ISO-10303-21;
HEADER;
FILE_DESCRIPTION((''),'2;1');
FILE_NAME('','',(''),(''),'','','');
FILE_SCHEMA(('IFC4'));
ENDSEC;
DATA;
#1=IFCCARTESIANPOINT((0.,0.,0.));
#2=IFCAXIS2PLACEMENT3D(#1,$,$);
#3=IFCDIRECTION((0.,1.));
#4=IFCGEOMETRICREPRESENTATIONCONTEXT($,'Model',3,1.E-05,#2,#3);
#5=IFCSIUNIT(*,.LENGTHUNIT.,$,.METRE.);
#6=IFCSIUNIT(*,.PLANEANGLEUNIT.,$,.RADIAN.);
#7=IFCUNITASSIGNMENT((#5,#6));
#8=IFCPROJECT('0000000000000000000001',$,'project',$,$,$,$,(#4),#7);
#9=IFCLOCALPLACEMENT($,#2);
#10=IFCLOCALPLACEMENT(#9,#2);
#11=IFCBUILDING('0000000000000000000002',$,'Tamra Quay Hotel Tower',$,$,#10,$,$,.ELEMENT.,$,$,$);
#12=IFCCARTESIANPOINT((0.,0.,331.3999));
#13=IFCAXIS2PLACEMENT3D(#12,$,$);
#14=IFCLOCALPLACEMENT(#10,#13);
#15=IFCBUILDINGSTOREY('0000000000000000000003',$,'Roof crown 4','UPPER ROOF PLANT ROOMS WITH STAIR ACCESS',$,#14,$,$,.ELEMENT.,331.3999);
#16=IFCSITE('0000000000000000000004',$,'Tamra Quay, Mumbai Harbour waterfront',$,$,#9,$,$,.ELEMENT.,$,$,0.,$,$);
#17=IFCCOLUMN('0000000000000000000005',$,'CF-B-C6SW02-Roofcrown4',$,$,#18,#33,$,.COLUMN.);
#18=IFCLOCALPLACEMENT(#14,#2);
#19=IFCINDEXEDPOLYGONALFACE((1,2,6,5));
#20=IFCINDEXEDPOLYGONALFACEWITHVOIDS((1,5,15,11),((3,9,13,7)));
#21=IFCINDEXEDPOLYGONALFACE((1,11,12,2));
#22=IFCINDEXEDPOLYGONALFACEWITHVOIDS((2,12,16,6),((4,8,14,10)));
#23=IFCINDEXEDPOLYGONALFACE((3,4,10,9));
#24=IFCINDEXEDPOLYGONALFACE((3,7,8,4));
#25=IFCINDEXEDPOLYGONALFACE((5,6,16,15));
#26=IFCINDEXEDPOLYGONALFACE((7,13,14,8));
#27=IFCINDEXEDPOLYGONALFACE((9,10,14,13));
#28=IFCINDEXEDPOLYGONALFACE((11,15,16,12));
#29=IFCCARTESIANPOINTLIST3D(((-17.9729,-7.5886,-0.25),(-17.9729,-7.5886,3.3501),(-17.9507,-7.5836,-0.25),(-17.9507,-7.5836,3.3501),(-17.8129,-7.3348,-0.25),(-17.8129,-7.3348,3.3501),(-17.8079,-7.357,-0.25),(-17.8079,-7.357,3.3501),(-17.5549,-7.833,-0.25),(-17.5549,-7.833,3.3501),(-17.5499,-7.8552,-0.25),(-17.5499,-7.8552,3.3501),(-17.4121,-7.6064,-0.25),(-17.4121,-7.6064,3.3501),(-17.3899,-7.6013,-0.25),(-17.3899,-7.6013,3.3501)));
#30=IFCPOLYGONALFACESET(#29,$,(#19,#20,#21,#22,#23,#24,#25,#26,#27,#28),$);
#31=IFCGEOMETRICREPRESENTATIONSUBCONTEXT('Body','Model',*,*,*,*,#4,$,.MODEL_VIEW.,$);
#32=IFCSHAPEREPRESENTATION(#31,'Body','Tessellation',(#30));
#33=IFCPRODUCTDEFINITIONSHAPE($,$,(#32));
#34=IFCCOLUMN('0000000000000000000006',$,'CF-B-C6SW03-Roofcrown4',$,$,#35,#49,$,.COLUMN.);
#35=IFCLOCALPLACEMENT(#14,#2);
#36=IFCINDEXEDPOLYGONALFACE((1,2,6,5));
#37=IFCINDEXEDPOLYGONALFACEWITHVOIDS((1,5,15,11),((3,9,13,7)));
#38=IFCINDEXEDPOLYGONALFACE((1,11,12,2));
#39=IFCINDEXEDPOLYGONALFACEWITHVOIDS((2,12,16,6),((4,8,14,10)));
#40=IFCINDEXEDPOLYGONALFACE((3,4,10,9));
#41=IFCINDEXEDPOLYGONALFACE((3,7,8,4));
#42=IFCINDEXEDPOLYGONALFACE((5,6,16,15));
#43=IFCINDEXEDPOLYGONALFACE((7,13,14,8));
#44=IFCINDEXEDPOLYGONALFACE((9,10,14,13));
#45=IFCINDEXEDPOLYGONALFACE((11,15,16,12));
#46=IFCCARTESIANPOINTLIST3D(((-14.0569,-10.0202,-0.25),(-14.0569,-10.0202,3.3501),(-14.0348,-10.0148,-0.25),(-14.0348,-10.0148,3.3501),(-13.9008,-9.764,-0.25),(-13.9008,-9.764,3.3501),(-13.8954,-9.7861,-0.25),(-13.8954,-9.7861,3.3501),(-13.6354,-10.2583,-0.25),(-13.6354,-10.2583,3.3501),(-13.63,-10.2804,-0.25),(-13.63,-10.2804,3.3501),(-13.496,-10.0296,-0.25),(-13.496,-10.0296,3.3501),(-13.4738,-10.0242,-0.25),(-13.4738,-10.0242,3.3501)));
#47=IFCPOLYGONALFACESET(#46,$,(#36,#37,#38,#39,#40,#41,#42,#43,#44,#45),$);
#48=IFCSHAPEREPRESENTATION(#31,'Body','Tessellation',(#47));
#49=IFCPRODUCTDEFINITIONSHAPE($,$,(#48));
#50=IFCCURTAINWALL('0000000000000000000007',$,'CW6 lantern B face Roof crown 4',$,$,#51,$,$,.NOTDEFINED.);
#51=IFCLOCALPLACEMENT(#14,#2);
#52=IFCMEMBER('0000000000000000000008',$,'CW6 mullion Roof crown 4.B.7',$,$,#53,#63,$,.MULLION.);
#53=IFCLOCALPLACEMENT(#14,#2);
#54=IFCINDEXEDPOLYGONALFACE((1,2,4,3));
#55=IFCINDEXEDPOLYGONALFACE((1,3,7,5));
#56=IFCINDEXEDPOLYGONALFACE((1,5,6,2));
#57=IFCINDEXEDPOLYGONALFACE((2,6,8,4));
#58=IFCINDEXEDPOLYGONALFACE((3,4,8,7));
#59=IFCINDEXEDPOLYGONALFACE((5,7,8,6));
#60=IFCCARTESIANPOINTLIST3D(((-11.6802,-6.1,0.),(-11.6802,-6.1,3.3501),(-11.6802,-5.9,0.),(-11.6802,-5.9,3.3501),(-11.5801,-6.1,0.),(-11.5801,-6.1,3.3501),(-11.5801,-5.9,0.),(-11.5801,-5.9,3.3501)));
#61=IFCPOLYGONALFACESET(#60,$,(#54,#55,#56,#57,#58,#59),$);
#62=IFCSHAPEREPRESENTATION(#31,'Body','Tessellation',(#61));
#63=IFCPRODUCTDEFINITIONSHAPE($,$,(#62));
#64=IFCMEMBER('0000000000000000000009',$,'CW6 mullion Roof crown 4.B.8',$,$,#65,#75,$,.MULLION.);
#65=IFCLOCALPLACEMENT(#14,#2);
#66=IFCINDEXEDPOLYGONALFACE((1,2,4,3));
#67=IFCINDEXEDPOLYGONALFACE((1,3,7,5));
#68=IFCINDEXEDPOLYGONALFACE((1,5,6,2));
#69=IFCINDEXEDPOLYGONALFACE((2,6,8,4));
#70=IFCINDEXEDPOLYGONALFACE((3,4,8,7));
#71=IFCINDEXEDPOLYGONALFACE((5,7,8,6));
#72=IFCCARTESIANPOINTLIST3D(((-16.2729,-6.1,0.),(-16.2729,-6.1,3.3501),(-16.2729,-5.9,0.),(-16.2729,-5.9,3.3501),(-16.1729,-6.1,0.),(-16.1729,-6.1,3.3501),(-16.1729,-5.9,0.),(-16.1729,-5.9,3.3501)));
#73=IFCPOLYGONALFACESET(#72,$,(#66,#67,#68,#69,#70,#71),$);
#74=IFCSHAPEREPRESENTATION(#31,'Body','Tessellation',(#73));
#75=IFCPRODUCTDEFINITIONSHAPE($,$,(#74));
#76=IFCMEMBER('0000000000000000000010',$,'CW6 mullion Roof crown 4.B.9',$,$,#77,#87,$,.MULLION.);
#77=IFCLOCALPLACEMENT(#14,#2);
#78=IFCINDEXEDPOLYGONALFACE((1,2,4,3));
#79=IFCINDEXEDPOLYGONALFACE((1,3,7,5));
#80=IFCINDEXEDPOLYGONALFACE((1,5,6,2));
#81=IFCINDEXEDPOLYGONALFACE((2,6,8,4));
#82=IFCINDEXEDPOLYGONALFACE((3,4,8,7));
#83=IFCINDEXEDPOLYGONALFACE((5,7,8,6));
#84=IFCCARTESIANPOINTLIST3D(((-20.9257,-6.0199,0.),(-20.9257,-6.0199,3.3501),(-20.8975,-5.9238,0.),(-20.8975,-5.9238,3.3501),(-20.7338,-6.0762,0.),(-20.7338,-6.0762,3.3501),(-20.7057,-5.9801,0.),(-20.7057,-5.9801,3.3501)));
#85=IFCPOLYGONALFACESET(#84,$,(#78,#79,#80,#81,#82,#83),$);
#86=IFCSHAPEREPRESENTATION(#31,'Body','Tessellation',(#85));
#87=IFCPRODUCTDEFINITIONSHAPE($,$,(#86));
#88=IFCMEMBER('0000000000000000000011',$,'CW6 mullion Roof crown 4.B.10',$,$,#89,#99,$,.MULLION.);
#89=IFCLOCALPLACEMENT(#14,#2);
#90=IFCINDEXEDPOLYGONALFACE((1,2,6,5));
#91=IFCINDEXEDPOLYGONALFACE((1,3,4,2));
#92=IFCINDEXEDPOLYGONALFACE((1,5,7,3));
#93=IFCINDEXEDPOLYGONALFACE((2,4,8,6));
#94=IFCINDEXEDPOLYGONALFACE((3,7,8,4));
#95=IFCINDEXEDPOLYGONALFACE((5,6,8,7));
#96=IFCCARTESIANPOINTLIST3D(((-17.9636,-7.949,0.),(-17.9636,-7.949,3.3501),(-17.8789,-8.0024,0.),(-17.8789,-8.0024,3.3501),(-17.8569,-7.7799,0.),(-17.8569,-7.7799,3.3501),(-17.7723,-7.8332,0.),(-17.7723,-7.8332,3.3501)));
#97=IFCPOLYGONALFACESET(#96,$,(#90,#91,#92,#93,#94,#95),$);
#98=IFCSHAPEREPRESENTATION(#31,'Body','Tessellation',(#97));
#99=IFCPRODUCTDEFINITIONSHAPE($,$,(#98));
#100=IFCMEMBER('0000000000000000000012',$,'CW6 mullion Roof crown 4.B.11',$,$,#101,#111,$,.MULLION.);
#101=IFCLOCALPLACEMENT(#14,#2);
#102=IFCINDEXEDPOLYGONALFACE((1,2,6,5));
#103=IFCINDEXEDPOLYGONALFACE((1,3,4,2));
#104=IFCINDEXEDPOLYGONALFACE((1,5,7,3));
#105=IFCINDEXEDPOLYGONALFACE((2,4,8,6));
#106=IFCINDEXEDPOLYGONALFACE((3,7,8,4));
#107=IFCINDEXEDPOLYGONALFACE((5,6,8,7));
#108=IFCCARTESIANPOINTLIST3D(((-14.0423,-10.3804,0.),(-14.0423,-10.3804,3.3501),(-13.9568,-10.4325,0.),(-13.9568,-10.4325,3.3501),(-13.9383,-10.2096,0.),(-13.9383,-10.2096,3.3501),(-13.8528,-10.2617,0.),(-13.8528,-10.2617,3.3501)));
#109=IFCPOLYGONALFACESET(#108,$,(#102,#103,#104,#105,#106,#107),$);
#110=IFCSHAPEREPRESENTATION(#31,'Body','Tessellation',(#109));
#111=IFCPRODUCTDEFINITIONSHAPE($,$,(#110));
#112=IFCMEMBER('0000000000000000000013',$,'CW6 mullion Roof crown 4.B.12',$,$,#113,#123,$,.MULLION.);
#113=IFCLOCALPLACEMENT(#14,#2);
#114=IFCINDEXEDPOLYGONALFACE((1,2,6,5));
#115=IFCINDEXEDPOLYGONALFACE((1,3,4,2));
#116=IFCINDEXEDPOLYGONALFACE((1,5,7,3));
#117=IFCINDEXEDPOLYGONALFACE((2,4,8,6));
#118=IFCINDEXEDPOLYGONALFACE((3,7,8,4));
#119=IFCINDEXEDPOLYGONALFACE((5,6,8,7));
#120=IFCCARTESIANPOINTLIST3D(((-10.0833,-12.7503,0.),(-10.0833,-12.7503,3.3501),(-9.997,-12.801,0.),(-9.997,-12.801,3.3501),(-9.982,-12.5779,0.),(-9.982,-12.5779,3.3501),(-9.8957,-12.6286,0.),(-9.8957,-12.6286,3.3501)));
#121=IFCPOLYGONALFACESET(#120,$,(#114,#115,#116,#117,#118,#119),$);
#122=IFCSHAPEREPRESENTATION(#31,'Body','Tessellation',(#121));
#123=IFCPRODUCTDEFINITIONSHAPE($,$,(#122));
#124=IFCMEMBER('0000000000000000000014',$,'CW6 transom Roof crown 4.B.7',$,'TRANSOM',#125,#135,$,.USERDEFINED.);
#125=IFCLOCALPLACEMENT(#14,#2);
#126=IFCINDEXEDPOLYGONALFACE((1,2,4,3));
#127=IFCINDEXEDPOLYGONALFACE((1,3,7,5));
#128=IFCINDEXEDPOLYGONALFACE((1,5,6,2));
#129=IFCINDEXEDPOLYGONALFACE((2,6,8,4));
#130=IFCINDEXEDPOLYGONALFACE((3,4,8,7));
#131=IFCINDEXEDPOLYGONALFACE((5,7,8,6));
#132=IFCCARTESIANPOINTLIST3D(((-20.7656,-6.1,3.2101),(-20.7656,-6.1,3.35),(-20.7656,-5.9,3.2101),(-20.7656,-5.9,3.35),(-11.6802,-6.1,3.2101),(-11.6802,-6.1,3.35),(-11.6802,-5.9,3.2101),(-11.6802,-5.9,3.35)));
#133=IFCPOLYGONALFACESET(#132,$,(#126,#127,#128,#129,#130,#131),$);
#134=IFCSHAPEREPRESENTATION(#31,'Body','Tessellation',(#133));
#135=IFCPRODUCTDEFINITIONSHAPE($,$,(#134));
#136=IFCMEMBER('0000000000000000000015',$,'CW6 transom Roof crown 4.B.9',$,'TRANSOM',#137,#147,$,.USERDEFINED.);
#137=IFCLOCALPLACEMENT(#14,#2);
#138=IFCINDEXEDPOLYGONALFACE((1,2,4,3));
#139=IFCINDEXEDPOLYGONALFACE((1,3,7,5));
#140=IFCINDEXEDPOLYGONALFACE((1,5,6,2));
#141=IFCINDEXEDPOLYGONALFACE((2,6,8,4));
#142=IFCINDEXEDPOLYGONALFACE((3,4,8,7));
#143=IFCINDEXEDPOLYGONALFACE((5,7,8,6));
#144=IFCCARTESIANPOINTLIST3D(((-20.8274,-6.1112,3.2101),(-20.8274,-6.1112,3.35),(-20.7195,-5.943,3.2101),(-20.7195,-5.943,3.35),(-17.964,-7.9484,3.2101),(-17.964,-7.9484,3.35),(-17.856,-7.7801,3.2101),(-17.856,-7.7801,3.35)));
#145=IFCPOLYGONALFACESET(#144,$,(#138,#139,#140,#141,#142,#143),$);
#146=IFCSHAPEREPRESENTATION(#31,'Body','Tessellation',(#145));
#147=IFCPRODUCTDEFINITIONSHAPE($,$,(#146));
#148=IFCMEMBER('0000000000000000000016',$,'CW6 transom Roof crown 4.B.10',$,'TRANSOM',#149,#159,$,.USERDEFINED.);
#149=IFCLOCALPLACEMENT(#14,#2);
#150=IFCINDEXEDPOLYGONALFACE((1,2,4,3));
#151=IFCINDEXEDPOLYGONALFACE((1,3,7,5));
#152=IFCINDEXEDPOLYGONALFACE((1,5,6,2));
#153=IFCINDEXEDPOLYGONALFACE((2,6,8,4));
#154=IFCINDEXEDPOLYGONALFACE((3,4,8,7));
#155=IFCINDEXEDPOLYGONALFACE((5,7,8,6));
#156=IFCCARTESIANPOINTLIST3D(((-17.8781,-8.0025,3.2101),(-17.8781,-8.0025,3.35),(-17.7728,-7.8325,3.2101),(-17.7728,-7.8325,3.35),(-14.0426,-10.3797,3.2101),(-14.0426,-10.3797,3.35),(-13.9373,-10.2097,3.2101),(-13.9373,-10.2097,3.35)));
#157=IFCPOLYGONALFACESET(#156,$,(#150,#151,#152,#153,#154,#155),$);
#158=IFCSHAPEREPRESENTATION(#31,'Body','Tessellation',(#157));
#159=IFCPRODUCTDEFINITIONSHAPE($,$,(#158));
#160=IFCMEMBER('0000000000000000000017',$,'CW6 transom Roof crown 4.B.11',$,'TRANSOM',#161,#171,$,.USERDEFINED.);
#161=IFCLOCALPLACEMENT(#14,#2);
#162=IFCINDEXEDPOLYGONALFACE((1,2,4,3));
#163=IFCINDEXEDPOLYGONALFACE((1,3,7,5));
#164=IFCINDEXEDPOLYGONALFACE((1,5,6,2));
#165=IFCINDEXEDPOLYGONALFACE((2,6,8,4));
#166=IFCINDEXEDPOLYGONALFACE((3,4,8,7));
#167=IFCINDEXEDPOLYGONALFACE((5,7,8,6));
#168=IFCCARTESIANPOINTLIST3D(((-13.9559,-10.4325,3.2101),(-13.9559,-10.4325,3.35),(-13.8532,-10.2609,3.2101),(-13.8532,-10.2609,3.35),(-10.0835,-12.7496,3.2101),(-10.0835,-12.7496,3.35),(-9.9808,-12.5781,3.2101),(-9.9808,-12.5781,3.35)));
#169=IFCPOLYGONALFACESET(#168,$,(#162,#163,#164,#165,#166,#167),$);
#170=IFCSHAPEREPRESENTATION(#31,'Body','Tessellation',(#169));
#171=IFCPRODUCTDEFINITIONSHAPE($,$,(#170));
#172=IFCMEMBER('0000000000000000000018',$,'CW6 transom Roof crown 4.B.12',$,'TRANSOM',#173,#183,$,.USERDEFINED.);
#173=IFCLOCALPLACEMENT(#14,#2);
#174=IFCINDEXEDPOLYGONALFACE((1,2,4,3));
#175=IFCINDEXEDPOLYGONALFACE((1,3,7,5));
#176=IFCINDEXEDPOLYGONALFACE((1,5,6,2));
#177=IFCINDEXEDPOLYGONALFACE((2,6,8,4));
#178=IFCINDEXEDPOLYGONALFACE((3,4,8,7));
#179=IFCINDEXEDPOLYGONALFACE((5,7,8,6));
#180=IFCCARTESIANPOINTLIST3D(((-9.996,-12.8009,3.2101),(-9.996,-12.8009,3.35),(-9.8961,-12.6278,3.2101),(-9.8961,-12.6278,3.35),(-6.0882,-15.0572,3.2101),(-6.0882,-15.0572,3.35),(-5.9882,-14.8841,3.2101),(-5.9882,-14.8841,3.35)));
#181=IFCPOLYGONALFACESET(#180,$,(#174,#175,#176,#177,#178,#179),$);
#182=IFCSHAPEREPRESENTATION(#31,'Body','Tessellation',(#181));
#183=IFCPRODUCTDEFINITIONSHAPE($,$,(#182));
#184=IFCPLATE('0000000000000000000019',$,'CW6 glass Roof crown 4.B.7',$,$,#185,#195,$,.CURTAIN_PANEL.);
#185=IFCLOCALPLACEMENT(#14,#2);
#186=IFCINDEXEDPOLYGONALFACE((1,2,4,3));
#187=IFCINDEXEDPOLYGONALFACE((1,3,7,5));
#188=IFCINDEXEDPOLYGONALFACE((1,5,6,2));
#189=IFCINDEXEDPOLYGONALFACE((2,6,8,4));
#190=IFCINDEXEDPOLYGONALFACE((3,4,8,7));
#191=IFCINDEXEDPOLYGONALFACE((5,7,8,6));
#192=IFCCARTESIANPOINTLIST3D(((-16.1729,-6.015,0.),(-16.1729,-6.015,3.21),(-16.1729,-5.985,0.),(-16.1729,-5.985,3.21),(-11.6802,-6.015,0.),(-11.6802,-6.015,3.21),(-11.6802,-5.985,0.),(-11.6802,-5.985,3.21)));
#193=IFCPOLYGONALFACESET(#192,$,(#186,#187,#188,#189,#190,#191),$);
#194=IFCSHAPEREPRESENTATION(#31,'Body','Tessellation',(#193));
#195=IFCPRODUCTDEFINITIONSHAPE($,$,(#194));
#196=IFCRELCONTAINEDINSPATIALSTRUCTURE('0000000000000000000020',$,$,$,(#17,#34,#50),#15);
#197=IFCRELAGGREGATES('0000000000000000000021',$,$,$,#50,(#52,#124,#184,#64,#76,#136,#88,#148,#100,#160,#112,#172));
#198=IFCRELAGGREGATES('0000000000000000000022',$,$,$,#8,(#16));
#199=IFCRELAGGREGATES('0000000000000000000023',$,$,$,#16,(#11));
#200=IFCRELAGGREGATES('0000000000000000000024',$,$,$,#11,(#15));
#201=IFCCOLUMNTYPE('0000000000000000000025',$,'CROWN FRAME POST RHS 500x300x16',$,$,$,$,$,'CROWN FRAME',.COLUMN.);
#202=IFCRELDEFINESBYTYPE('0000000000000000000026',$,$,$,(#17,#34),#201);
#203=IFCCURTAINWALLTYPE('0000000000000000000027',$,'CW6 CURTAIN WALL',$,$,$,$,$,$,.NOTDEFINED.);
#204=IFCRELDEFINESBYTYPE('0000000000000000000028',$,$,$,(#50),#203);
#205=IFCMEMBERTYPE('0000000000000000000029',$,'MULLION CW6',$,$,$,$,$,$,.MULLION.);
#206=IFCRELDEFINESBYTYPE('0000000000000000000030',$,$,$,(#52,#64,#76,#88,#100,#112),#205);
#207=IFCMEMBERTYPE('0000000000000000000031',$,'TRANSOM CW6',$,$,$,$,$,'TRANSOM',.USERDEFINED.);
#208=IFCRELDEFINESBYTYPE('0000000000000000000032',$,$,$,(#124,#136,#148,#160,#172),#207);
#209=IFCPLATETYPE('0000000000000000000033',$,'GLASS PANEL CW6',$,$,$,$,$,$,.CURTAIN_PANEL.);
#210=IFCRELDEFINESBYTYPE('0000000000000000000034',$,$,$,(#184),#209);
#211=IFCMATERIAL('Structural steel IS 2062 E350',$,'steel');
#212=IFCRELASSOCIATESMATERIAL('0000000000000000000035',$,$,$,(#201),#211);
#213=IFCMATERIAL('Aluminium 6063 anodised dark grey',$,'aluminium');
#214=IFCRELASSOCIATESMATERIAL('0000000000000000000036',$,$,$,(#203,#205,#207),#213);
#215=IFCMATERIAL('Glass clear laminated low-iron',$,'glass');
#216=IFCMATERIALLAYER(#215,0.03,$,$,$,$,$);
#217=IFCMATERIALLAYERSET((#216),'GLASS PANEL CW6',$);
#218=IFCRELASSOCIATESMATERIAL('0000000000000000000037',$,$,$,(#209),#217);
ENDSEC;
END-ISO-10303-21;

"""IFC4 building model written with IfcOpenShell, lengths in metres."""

from ifc_helpers import new_model, si_unit, direction, frame, origin, origin_2d, place, context, subcontext, project, spatial, rectangle, hollow_rectangle, extrude, material, layer, layer_set, material_profile, profile_set, type_object, element, aggregate, save


model = new_model("IFC4")

# Units and contexts
model_context = context("Model", 3, precision=1e-05, world=origin(), true_north=direction((0.0, 1.0)))
body_context = subcontext(model_context, "Body", "Model", "MODEL_VIEW")
ifc_project = project(units=[si_unit("LENGTHUNIT", "METRE"), si_unit("PLANEANGLEUNIT", "RADIAN")], contexts=[model_context])

# Site, building, storey
site_placement = place(None, origin())
site = spatial("IfcSite", under=ifc_project, at=site_placement, Name="Tamra Quay, Mumbai Harbour waterfront", CompositionType="ELEMENT", RefElevation=0.0)
building_placement = place(site_placement, origin())
building = spatial("IfcBuilding", under=site, at=building_placement, Name="Tamra Quay Hotel Tower", CompositionType="ELEMENT")
storey_placement = place(building_placement, frame((0.0, 0.0, 331.3999)))
storey = spatial("IfcBuildingStorey", under=building, at=storey_placement, Name="Roof crown 4", Description="UPPER ROOF PLANT ROOMS WITH STAIR ACCESS", CompositionType="ELEMENT", Elevation=331.3999)

# Columns
ifc_material_1 = material(Name="Structural steel IS 2062 E350", Category="steel")
ifc_material_profile_1 = material_profile(ifc_material_1, hollow_rectangle(XDim=0.3, YDim=0.5, WallThickness=0.0161, at=origin_2d()), Name="RHS 500x300x16")
ifc_profile_set_1 = profile_set([ifc_material_profile_1], Name="Structural steel IS 2062 E350")
column_type = type_object("IfcColumnType", Name="CROWN FRAME POST RHS 500x300x16", ElementType="CROWN FRAME", PredefinedType="COLUMN", material=ifc_profile_set_1)
for number, where, z_axis, x_axis, name in (
    (1, (-17.6814, -7.595, -0.25), (0.0, 0.0, 1.0), (0.533133, 0.846031, 0.0), "CF-B-C6SW02-Roofcrown4"),
    (2, (-13.7654, -10.0222, -0.25), (0.0, 0.0, 1.0), (0.52043, 0.853904, 0.0), "CF-B-C6SW03-Roofcrown4"),
):
    element("IfcColumn", number, at=place(storey_placement, frame(where, z_axis=z_axis, x_axis=x_axis)), inside=storey, type_object=column_type, Name=name, PredefinedType="COLUMN", context=body_context, shape_type="SweptSolid", body=[
        extrude(hollow_rectangle(XDim=0.3, YDim=0.5, WallThickness=0.0161, at=origin_2d()), origin(), (0.0, 0.0, 1.0), 3.6001),
    ])

# Curtain wall, members, plate
ifc_material_2 = material(Name="Aluminium 6063 anodised dark grey", Category="aluminium")
curtain_wall_type = type_object("IfcCurtainWallType", Name="CW6 CURTAIN WALL", PredefinedType="NOTDEFINED", material=ifc_material_2)
curtain_wall_placement = place(storey_placement, origin())
curtain_wall = element("IfcCurtainWall", 3, at=curtain_wall_placement, inside=storey, type_object=curtain_wall_type, Name="CW6 lantern B face Roof crown 4", PredefinedType="NOTDEFINED")
ifc_material_profile_2 = material_profile(ifc_material_2, rectangle(XDim=0.2, YDim=0.1001, at=origin_2d()), Name="MULLION 100X200")
ifc_profile_set_2 = profile_set([ifc_material_profile_2], Name="Aluminium 6063 anodised dark grey")
member_type_1 = type_object("IfcMemberType", Name="MULLION CW6", PredefinedType="MULLION", material=ifc_profile_set_2)
member_1_placement = place(storey_placement, frame((-11.6301, -6.0, 0.0), z_axis=(0.0, 0.0, 1.0), x_axis=(0.0, 1.0, 0.0)))
member_1 = element("IfcMember", 4, at=member_1_placement, type_object=member_type_1, Name="CW6 mullion Roof crown 4.B.7", PredefinedType="MULLION", context=body_context, shape_type="SweptSolid", body=[
    extrude(rectangle(XDim=0.2, YDim=0.1001, at=origin_2d()), origin(), (0.0, 0.0, 1.0), 3.3501),
])
member_2_placement = place(storey_placement, frame((-16.2229, -6.0, 0.0), z_axis=(0.0, 0.0, 1.0), x_axis=(0.0, 1.0, 0.0)))
member_2 = element("IfcMember", 5, at=member_2_placement, type_object=member_type_1, Name="CW6 mullion Roof crown 4.B.8", PredefinedType="MULLION", context=body_context, shape_type="SweptSolid", body=[
    extrude(rectangle(XDim=0.2, YDim=0.1001, at=origin_2d()), origin(), (0.0, 0.0, 1.0), 3.3501),
])
member_3_placement = place(storey_placement, frame((-20.8157, -6.0, 0.0), z_axis=(0.0, 0.0, 1.0), x_axis=(-0.9596, 0.281367, 0.0)))
member_3 = element("IfcMember", 6, at=member_3_placement, type_object=member_type_1, Name="CW6 mullion Roof crown 4.B.9", PredefinedType="MULLION", context=body_context, shape_type="SweptSolid", body=[
    extrude(rectangle(XDim=0.2, YDim=0.1001, at=origin_2d()), origin(), (0.0, 0.0, 1.0), 3.3501),
])
member_4_placement = place(storey_placement, frame((-17.8679, -7.8911, 0.0), z_axis=(0.0, 0.0, 1.0), x_axis=(-0.533422, -0.845849, 0.0)))
member_4 = element("IfcMember", 7, at=member_4_placement, type_object=member_type_1, Name="CW6 mullion Roof crown 4.B.10", PredefinedType="MULLION", context=body_context, shape_type="SweptSolid", body=[
    extrude(rectangle(XDim=0.2, YDim=0.1001, at=origin_2d()), origin(), (0.0, 0.0, 1.0), 3.3501),
])
member_5_placement = place(storey_placement, frame((-13.9475, -10.321, 0.0), z_axis=(0.0, 0.0, 1.0), x_axis=(-0.52016, -0.854069, 0.0)))
member_5 = element("IfcMember", 8, at=member_5_placement, type_object=member_type_1, Name="CW6 mullion Roof crown 4.B.11", PredefinedType="MULLION", context=body_context, shape_type="SweptSolid", body=[
    extrude(rectangle(XDim=0.2, YDim=0.1001, at=origin_2d()), origin(), (0.0, 0.0, 1.0), 3.3501),
])
member_6_placement = place(storey_placement, frame((-9.9895, -12.6895, 0.0), z_axis=(0.0, 0.0, 1.0), x_axis=(-0.506754, -0.862091, 0.0)))
member_6 = element("IfcMember", 9, at=member_6_placement, type_object=member_type_1, Name="CW6 mullion Roof crown 4.B.12", PredefinedType="MULLION", context=body_context, shape_type="SweptSolid", body=[
    extrude(rectangle(XDim=0.2, YDim=0.1001, at=origin_2d()), origin(), (0.0, 0.0, 1.0), 3.3501),
])
ifc_material_profile_3 = material_profile(ifc_material_2, rectangle(XDim=0.2, YDim=0.1399, at=origin_2d()), Name="TRANSOM 200X140")
ifc_profile_set_3 = profile_set([ifc_material_profile_3], Name="Aluminium 6063 anodised dark grey")
member_type_2 = type_object("IfcMemberType", Name="TRANSOM CW6", ElementType="TRANSOM", PredefinedType="USERDEFINED", material=ifc_profile_set_3)
member_7_placement = place(storey_placement, frame((-11.6802, -6.0, 3.28), z_axis=(-1.0, 0.0, 0.0), x_axis=(0.0, -1.0, 0.0)))
member_7 = element("IfcMember", 10, at=member_7_placement, type_object=member_type_2, Name="CW6 transom Roof crown 4.B.7", ObjectType="TRANSOM", PredefinedType="USERDEFINED", context=body_context, shape_type="SweptSolid", body=[
    extrude(rectangle(XDim=0.2, YDim=0.1399, at=origin_2d()), origin(), (0.0, 0.0, 1.0), 9.0854),
])
member_8_placement = place(storey_placement, frame((-20.7734, -6.0271, 3.28), z_axis=(0.84167, -0.539992, 0.0), x_axis=(0.539992, 0.84167, 0.0)))
member_8 = element("IfcMember", 11, at=member_8_placement, type_object=member_type_2, Name="CW6 transom Roof crown 4.B.9", ObjectType="TRANSOM", PredefinedType="USERDEFINED", context=body_context, shape_type="SweptSolid", body=[
    extrude(rectangle(XDim=0.2, YDim=0.1399, at=origin_2d()), origin(), (0.0, 0.0, 1.0), 3.4021),
])
member_9_placement = place(storey_placement, frame((-17.8254, -7.9175, 3.28), z_axis=(0.84998, -0.526815, 0.0), x_axis=(0.526815, 0.84998, 0.0)))
member_9 = element("IfcMember", 12, at=member_9_placement, type_object=member_type_2, Name="CW6 transom Roof crown 4.B.10", ObjectType="TRANSOM", PredefinedType="USERDEFINED", context=body_context, shape_type="SweptSolid", body=[
    extrude(rectangle(XDim=0.2, YDim=0.1399, at=origin_2d()), origin(), (0.0, 0.0, 1.0), 4.5125),
])
member_10_placement = place(storey_placement, frame((-13.9045, -10.3467, 3.28), z_axis=(0.858103, -0.513477, 0.0), x_axis=(0.513477, 0.858103, 0.0)))
member_10 = element("IfcMember", 13, at=member_10_placement, type_object=member_type_2, Name="CW6 transom Roof crown 4.B.11", ObjectType="TRANSOM", PredefinedType="USERDEFINED", context=body_context, shape_type="SweptSolid", body=[
    extrude(rectangle(XDim=0.2, YDim=0.1399, at=origin_2d()), origin(), (0.0, 0.0, 1.0), 4.5127),
])
member_11_placement = place(storey_placement, frame((-9.946, -12.7144, 3.28), z_axis=(0.866017, -0.500014, 0.0), x_axis=(0.500014, 0.866017, 0.0)))
member_11 = element("IfcMember", 14, at=member_11_placement, type_object=member_type_2, Name="CW6 transom Roof crown 4.B.12", ObjectType="TRANSOM", PredefinedType="USERDEFINED", context=body_context, shape_type="SweptSolid", body=[
    extrude(rectangle(XDim=0.2, YDim=0.1399, at=origin_2d()), origin(), (0.0, 0.0, 1.0), 4.5125),
])
ifc_material_3 = material(Name="Glass clear laminated low-iron", Category="glass")
ifc_layer_1 = layer(ifc_material_3, 0.03)
ifc_layer_set_1 = layer_set([ifc_layer_1], Name="GLASS PANEL CW6")
plate_type = type_object("IfcPlateType", Name="GLASS PANEL CW6", PredefinedType="CURTAIN_PANEL", material=ifc_layer_set_1)
plate_1_placement = place(storey_placement, frame((-13.9265, -6.0, 0.0), z_axis=(0.0, 0.0, 1.0), x_axis=(-1.0, 0.0, 0.0)))
plate_1 = element("IfcPlate", 15, at=plate_1_placement, type_object=plate_type, Name="CW6 glass Roof crown 4.B.7", PredefinedType="CURTAIN_PANEL", context=body_context, shape_type="SweptSolid", body=[
    extrude(rectangle(XDim=4.4927, YDim=0.03, at=origin_2d()), origin(), (0.0, 0.0, 1.0), 3.21),
])
aggregate(curtain_wall, [member_1, member_7, plate_1, member_2, member_3, member_8, member_4, member_9, member_5, member_10, member_6, member_11])

save(model, "model.ifc")
